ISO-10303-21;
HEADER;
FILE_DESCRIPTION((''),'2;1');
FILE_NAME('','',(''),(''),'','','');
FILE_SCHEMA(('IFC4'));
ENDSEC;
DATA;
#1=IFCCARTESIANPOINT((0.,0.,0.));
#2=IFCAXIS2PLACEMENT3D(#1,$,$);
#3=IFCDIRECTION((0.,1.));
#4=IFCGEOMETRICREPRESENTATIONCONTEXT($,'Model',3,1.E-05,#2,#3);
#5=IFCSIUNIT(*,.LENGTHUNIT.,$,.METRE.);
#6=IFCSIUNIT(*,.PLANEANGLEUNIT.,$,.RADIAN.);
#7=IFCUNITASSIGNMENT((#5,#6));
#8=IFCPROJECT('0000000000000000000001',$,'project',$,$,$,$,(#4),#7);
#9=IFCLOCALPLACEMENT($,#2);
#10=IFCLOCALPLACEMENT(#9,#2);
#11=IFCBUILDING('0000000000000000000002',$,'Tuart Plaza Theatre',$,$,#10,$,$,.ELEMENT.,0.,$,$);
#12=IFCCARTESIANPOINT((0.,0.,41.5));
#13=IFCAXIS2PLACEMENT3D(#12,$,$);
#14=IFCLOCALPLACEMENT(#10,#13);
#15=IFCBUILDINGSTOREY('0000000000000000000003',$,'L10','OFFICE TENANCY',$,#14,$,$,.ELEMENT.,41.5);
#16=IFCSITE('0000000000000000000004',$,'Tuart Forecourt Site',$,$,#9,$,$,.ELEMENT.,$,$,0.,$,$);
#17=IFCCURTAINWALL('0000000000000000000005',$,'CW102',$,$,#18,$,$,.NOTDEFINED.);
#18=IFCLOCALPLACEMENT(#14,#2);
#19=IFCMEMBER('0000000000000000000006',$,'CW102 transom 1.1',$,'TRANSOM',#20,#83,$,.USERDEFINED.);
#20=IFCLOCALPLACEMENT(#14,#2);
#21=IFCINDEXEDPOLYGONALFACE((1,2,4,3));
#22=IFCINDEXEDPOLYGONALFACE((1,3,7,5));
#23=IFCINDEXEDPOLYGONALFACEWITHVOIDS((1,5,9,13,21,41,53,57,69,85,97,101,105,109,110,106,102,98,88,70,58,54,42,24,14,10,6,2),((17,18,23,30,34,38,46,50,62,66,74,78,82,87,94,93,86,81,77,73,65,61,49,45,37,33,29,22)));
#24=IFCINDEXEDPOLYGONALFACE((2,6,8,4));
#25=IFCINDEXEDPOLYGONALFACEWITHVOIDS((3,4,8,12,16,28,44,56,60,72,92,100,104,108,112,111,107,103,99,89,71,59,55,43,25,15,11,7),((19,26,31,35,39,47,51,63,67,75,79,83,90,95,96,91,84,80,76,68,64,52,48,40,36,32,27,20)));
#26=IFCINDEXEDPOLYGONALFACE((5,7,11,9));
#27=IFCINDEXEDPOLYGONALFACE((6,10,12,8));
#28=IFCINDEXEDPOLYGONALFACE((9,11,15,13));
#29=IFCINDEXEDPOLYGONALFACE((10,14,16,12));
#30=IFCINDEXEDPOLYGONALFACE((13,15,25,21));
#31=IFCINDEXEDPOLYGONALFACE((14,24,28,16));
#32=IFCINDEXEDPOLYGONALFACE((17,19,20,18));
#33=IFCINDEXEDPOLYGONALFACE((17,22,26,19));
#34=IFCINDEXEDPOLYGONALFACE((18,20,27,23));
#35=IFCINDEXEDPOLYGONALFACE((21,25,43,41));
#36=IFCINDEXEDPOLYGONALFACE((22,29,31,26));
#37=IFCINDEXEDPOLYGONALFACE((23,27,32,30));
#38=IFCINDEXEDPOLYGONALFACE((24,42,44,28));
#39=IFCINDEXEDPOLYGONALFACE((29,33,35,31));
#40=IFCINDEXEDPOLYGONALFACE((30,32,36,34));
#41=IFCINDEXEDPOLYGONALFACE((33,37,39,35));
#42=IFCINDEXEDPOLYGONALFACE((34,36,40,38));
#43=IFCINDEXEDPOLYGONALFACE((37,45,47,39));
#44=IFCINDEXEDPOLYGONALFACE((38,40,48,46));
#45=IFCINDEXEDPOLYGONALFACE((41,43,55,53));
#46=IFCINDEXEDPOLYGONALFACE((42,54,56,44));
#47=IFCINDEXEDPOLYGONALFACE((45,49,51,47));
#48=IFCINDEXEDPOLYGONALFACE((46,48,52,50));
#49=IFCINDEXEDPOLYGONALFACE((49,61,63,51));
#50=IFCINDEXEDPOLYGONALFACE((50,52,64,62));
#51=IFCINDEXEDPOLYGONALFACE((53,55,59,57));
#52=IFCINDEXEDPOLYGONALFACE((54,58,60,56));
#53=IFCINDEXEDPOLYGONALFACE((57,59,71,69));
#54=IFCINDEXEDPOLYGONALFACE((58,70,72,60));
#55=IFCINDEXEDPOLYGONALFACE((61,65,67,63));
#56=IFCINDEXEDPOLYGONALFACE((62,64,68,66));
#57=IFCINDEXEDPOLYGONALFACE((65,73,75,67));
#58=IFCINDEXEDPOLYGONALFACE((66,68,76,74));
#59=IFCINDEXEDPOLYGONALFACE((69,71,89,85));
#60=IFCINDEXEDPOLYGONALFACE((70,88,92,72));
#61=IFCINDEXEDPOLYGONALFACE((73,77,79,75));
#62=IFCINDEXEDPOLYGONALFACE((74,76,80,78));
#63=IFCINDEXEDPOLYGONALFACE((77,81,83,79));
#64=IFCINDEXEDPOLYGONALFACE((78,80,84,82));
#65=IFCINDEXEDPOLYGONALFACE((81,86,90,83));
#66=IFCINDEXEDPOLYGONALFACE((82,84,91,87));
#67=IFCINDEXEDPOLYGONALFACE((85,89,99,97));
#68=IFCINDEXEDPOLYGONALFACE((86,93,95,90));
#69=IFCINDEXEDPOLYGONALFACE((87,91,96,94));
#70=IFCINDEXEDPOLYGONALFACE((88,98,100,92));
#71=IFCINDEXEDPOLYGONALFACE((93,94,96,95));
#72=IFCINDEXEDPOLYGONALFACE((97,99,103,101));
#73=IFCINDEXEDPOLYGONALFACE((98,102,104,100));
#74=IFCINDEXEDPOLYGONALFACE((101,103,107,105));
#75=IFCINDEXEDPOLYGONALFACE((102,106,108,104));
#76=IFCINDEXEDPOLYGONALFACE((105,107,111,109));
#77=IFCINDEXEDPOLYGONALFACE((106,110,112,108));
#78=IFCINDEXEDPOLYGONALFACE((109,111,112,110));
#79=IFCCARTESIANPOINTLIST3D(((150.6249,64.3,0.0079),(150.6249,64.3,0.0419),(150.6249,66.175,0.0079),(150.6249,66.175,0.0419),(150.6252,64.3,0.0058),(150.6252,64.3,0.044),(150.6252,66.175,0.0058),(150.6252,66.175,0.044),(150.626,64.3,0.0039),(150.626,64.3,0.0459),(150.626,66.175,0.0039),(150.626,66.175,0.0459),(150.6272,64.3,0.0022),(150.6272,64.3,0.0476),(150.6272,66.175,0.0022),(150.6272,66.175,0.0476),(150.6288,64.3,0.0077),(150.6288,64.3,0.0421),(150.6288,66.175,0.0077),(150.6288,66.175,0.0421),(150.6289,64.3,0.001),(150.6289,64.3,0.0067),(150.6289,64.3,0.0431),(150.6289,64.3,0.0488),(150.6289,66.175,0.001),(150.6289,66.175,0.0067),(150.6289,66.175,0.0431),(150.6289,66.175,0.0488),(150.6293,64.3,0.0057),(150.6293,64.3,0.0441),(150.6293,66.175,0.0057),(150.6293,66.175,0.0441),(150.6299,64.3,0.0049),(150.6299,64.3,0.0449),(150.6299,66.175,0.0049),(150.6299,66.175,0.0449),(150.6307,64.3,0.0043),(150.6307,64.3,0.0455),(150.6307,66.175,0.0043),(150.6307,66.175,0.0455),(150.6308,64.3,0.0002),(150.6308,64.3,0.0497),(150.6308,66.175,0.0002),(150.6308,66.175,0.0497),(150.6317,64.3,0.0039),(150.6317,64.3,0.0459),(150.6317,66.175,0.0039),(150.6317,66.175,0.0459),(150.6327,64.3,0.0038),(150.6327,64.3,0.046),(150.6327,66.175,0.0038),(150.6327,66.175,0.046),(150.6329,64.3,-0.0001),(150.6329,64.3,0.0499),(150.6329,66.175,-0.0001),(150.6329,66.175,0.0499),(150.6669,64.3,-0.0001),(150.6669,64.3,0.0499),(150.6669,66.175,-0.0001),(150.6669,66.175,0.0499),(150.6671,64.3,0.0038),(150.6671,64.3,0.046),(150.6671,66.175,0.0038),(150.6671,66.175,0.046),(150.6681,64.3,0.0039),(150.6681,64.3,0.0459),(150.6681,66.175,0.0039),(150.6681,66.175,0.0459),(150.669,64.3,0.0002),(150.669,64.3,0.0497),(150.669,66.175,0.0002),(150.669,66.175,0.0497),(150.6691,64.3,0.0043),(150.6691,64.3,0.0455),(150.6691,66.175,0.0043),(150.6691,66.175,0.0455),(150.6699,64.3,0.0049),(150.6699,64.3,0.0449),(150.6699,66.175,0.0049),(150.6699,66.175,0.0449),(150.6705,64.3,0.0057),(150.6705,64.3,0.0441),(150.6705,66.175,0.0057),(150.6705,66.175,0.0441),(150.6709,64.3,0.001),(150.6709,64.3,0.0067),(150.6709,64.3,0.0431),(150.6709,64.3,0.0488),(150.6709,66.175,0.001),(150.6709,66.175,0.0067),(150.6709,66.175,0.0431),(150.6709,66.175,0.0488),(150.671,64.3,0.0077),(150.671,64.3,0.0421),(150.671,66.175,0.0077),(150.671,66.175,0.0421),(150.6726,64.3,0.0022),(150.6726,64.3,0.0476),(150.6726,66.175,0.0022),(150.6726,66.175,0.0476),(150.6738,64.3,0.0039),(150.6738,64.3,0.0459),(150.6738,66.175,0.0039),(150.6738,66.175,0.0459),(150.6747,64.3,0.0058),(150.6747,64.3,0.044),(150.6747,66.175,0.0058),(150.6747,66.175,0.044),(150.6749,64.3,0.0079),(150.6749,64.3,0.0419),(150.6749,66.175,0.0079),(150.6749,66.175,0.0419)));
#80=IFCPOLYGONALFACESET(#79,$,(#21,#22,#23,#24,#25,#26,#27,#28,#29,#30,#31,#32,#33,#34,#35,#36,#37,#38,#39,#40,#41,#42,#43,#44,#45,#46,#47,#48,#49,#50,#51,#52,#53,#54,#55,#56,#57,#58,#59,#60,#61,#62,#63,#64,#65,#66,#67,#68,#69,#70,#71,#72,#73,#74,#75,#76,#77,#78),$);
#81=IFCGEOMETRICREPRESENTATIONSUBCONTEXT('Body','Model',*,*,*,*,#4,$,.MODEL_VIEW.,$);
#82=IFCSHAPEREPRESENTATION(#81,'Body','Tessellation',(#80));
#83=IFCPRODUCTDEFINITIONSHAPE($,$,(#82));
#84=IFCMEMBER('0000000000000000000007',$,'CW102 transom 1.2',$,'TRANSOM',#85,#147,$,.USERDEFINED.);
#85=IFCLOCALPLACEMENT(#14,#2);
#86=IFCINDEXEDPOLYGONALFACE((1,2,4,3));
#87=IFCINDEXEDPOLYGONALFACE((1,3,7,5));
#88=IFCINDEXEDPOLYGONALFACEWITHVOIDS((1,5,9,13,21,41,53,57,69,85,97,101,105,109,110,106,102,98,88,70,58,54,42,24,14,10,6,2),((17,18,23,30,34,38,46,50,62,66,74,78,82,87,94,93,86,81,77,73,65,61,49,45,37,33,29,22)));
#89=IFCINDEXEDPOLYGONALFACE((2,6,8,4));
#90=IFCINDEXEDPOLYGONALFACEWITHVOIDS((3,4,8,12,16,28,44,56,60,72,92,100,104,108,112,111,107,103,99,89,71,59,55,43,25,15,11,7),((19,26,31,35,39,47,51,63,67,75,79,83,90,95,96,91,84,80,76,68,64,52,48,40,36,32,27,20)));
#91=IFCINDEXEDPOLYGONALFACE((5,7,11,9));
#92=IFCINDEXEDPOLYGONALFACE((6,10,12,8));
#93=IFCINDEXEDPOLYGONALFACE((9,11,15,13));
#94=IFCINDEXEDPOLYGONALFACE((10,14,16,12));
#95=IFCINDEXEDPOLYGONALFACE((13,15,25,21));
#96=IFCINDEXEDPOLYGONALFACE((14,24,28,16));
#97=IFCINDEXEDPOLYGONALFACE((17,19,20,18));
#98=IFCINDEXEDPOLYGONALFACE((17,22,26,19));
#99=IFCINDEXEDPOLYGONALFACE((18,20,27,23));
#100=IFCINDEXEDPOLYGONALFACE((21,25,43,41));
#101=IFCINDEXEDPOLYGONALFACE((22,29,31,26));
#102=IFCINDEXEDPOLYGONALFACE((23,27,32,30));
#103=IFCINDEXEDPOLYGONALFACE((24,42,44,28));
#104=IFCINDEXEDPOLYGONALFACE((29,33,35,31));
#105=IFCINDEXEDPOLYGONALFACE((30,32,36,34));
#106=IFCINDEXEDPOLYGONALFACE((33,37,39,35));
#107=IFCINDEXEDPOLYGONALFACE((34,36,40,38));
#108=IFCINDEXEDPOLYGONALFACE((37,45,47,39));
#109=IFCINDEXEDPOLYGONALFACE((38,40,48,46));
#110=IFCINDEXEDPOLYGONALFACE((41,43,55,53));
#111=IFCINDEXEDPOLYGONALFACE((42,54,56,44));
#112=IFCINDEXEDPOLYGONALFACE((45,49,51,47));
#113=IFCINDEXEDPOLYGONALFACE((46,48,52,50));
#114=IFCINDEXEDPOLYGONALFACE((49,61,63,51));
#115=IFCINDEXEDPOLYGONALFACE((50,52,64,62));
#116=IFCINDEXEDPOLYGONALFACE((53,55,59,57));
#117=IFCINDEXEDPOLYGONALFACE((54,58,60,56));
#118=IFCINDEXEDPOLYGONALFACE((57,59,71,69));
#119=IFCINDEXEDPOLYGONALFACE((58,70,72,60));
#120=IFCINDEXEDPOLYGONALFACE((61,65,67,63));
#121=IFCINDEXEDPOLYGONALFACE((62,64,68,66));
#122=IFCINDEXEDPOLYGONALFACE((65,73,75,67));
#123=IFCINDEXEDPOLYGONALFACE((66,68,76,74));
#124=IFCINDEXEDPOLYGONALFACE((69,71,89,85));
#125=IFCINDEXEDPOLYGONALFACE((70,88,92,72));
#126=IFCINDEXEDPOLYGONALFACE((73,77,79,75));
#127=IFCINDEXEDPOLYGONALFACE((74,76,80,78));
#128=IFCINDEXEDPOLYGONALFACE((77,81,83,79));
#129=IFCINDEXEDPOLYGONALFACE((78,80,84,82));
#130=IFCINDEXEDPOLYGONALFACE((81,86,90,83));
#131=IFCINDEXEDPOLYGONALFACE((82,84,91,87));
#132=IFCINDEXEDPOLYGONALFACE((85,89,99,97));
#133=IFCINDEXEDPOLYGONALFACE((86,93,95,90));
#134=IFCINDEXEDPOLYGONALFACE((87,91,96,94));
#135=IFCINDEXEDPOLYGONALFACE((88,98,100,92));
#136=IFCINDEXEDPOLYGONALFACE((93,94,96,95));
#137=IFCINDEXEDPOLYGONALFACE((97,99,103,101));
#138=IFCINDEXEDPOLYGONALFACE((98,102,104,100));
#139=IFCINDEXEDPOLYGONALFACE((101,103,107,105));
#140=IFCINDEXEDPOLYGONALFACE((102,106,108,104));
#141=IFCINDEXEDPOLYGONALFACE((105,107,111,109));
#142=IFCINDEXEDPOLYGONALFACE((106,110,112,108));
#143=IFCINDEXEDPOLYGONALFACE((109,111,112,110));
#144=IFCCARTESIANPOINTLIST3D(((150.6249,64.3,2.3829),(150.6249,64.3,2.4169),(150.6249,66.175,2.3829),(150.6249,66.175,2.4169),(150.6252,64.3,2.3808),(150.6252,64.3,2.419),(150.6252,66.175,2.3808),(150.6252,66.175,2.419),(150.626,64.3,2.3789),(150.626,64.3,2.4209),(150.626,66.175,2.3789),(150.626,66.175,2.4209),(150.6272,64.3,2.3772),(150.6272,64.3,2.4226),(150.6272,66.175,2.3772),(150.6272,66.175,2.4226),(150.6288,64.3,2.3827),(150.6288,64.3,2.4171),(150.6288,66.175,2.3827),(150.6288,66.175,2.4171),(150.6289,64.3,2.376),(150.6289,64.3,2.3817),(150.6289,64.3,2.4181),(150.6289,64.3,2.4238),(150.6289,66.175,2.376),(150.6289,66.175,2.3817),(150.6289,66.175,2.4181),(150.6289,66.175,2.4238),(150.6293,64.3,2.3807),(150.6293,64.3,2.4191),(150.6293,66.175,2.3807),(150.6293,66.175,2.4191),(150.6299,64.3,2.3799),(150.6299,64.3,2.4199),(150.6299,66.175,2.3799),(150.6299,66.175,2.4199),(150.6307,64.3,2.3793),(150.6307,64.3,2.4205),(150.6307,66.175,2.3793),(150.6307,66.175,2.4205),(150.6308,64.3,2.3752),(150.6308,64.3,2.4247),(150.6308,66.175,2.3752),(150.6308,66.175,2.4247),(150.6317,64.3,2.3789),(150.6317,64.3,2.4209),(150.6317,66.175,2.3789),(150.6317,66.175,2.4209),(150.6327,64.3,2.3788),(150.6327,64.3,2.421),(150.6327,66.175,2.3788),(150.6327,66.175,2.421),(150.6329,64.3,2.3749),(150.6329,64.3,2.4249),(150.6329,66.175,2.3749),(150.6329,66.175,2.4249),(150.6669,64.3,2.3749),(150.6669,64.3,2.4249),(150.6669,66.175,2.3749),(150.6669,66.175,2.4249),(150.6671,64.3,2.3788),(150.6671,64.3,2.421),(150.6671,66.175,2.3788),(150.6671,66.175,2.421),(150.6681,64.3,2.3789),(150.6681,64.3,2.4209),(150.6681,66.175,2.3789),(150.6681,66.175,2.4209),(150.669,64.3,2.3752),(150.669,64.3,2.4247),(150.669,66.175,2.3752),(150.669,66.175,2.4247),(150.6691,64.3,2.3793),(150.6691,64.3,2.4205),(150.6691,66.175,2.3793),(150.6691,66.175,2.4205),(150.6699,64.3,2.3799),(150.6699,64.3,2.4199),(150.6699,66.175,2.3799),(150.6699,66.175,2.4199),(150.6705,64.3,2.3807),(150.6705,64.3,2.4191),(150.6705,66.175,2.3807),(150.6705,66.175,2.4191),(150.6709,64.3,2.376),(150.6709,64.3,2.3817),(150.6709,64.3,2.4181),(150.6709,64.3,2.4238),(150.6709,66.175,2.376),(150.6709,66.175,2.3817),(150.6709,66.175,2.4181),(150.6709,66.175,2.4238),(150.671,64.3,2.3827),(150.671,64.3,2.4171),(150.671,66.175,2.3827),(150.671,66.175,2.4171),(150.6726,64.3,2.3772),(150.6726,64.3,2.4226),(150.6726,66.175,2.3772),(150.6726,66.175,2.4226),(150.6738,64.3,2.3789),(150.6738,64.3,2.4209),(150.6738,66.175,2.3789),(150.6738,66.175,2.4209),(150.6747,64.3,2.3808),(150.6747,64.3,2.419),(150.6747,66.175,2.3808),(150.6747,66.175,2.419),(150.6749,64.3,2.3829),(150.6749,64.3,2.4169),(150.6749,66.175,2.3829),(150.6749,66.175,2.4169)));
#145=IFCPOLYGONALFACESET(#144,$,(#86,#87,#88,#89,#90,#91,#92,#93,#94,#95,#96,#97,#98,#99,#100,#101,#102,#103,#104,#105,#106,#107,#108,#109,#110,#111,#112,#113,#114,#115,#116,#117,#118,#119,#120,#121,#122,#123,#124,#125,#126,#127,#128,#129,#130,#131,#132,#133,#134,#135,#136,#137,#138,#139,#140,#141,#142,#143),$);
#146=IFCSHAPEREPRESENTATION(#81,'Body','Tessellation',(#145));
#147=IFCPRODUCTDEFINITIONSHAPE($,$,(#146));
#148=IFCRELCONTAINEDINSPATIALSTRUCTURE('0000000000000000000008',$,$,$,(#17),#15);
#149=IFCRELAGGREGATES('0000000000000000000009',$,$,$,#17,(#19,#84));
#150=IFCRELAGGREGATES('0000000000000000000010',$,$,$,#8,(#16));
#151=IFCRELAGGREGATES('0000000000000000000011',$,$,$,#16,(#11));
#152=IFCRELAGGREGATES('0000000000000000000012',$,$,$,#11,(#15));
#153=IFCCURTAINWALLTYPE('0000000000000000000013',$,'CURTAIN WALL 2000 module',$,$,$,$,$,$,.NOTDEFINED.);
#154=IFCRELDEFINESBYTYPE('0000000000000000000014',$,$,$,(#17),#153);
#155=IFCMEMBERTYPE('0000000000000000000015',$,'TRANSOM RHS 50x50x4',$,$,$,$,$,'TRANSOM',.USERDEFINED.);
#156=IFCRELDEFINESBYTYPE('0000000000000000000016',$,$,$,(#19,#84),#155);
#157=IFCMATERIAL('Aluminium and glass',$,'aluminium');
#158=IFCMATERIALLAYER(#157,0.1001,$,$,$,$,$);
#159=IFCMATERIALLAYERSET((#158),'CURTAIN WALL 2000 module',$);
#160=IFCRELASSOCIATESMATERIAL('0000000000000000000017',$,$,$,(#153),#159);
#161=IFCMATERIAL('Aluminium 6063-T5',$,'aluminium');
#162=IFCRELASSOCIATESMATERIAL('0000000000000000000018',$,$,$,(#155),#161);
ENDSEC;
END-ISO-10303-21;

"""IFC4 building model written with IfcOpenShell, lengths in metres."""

from ifc_helpers import new_model, si_unit, direction, frame, origin, origin_2d, place, context, subcontext, project, spatial, hollow_rectangle, extrude, material, layer, layer_set, material_profile, profile_set, type_object, element, aggregate, save


model = new_model("IFC4")

# Units and contexts
model_context = context("Model", 3, precision=1e-05, world=origin(), true_north=direction((0.0, 1.0)))
body_context = subcontext(model_context, "Body", "Model", "MODEL_VIEW")
ifc_project = project(units=[si_unit("LENGTHUNIT", "METRE"), si_unit("PLANEANGLEUNIT", "RADIAN")], contexts=[model_context])

# Site, building, storey
site_placement = place(None, origin())
site = spatial("IfcSite", under=ifc_project, at=site_placement, Name="Tuart Forecourt Site", CompositionType="ELEMENT", RefElevation=0.0)
building_placement = place(site_placement, origin())
building = spatial("IfcBuilding", under=site, at=building_placement, Name="Tuart Plaza Theatre", CompositionType="ELEMENT", ElevationOfRefHeight=0.0)
storey_placement = place(building_placement, frame((0.0, 0.0, 41.5)))
storey = spatial("IfcBuildingStorey", under=building, at=storey_placement, Name="L10", Description="OFFICE TENANCY", CompositionType="ELEMENT", Elevation=41.5)

# Curtain wall
ifc_material_1 = material(Name="Aluminium and glass", Category="aluminium")
ifc_layer_1 = layer(ifc_material_1, 0.1001)
ifc_layer_set_1 = layer_set([ifc_layer_1], Name="CURTAIN WALL 2000 module")
curtain_wall_type = type_object("IfcCurtainWallType", Name="CURTAIN WALL 2000 module", PredefinedType="NOTDEFINED", material=ifc_layer_set_1)
curtain_wall_1_placement = place(storey_placement, origin())
curtain_wall_1 = element("IfcCurtainWall", 1, at=curtain_wall_1_placement, inside=storey, type_object=curtain_wall_type, Name="CW102", PredefinedType="NOTDEFINED")

# Members
ifc_material_2 = material(Name="Aluminium 6063-T5", Category="aluminium")
ifc_material_profile_1 = material_profile(ifc_material_2, hollow_rectangle(XDim=0.05, YDim=0.05, WallThickness=0.0039, InnerFilletRadius=0.0039, OuterFilletRadius=0.0081, at=origin_2d()), Name="RHS 50x50x4")
ifc_profile_set_1 = profile_set([ifc_material_profile_1], Name="Aluminium 6063-T5")
member_type_1 = type_object("IfcMemberType", Name="TRANSOM RHS 50x50x4", ElementType="TRANSOM", PredefinedType="USERDEFINED", material=ifc_profile_set_1)
member_1_placement = place(storey_placement, frame((150.6499, 64.3, 0.0249), z_axis=(0.0, 1.0, 0.0), x_axis=(-1.0, 0.0, 0.0)))
member_1 = element("IfcMember", 2, at=member_1_placement, type_object=member_type_1, Name="CW102 transom 1.1", ObjectType="TRANSOM", PredefinedType="USERDEFINED", context=body_context, shape_type="SweptSolid", body=[
    extrude(hollow_rectangle(XDim=0.05, YDim=0.05, WallThickness=0.0039, InnerFilletRadius=0.0039, OuterFilletRadius=0.0081, at=origin_2d()), origin(), (0.0, 0.0, 1.0), 1.875),
])
member_2_placement = place(storey_placement, frame((150.6499, 64.3, 2.3999), z_axis=(0.0, 1.0, 0.0), x_axis=(-1.0, 0.0, 0.0)))
member_2 = element("IfcMember", 3, at=member_2_placement, type_object=member_type_1, Name="CW102 transom 1.2", ObjectType="TRANSOM", PredefinedType="USERDEFINED", context=body_context, shape_type="SweptSolid", body=[
    extrude(hollow_rectangle(XDim=0.05, YDim=0.05, WallThickness=0.0039, InnerFilletRadius=0.0039, OuterFilletRadius=0.0081, at=origin_2d()), origin(), (0.0, 0.0, 1.0), 1.875),
])

aggregate(curtain_wall_1, [member_1, member_2])

save(model, "model.ifc")
